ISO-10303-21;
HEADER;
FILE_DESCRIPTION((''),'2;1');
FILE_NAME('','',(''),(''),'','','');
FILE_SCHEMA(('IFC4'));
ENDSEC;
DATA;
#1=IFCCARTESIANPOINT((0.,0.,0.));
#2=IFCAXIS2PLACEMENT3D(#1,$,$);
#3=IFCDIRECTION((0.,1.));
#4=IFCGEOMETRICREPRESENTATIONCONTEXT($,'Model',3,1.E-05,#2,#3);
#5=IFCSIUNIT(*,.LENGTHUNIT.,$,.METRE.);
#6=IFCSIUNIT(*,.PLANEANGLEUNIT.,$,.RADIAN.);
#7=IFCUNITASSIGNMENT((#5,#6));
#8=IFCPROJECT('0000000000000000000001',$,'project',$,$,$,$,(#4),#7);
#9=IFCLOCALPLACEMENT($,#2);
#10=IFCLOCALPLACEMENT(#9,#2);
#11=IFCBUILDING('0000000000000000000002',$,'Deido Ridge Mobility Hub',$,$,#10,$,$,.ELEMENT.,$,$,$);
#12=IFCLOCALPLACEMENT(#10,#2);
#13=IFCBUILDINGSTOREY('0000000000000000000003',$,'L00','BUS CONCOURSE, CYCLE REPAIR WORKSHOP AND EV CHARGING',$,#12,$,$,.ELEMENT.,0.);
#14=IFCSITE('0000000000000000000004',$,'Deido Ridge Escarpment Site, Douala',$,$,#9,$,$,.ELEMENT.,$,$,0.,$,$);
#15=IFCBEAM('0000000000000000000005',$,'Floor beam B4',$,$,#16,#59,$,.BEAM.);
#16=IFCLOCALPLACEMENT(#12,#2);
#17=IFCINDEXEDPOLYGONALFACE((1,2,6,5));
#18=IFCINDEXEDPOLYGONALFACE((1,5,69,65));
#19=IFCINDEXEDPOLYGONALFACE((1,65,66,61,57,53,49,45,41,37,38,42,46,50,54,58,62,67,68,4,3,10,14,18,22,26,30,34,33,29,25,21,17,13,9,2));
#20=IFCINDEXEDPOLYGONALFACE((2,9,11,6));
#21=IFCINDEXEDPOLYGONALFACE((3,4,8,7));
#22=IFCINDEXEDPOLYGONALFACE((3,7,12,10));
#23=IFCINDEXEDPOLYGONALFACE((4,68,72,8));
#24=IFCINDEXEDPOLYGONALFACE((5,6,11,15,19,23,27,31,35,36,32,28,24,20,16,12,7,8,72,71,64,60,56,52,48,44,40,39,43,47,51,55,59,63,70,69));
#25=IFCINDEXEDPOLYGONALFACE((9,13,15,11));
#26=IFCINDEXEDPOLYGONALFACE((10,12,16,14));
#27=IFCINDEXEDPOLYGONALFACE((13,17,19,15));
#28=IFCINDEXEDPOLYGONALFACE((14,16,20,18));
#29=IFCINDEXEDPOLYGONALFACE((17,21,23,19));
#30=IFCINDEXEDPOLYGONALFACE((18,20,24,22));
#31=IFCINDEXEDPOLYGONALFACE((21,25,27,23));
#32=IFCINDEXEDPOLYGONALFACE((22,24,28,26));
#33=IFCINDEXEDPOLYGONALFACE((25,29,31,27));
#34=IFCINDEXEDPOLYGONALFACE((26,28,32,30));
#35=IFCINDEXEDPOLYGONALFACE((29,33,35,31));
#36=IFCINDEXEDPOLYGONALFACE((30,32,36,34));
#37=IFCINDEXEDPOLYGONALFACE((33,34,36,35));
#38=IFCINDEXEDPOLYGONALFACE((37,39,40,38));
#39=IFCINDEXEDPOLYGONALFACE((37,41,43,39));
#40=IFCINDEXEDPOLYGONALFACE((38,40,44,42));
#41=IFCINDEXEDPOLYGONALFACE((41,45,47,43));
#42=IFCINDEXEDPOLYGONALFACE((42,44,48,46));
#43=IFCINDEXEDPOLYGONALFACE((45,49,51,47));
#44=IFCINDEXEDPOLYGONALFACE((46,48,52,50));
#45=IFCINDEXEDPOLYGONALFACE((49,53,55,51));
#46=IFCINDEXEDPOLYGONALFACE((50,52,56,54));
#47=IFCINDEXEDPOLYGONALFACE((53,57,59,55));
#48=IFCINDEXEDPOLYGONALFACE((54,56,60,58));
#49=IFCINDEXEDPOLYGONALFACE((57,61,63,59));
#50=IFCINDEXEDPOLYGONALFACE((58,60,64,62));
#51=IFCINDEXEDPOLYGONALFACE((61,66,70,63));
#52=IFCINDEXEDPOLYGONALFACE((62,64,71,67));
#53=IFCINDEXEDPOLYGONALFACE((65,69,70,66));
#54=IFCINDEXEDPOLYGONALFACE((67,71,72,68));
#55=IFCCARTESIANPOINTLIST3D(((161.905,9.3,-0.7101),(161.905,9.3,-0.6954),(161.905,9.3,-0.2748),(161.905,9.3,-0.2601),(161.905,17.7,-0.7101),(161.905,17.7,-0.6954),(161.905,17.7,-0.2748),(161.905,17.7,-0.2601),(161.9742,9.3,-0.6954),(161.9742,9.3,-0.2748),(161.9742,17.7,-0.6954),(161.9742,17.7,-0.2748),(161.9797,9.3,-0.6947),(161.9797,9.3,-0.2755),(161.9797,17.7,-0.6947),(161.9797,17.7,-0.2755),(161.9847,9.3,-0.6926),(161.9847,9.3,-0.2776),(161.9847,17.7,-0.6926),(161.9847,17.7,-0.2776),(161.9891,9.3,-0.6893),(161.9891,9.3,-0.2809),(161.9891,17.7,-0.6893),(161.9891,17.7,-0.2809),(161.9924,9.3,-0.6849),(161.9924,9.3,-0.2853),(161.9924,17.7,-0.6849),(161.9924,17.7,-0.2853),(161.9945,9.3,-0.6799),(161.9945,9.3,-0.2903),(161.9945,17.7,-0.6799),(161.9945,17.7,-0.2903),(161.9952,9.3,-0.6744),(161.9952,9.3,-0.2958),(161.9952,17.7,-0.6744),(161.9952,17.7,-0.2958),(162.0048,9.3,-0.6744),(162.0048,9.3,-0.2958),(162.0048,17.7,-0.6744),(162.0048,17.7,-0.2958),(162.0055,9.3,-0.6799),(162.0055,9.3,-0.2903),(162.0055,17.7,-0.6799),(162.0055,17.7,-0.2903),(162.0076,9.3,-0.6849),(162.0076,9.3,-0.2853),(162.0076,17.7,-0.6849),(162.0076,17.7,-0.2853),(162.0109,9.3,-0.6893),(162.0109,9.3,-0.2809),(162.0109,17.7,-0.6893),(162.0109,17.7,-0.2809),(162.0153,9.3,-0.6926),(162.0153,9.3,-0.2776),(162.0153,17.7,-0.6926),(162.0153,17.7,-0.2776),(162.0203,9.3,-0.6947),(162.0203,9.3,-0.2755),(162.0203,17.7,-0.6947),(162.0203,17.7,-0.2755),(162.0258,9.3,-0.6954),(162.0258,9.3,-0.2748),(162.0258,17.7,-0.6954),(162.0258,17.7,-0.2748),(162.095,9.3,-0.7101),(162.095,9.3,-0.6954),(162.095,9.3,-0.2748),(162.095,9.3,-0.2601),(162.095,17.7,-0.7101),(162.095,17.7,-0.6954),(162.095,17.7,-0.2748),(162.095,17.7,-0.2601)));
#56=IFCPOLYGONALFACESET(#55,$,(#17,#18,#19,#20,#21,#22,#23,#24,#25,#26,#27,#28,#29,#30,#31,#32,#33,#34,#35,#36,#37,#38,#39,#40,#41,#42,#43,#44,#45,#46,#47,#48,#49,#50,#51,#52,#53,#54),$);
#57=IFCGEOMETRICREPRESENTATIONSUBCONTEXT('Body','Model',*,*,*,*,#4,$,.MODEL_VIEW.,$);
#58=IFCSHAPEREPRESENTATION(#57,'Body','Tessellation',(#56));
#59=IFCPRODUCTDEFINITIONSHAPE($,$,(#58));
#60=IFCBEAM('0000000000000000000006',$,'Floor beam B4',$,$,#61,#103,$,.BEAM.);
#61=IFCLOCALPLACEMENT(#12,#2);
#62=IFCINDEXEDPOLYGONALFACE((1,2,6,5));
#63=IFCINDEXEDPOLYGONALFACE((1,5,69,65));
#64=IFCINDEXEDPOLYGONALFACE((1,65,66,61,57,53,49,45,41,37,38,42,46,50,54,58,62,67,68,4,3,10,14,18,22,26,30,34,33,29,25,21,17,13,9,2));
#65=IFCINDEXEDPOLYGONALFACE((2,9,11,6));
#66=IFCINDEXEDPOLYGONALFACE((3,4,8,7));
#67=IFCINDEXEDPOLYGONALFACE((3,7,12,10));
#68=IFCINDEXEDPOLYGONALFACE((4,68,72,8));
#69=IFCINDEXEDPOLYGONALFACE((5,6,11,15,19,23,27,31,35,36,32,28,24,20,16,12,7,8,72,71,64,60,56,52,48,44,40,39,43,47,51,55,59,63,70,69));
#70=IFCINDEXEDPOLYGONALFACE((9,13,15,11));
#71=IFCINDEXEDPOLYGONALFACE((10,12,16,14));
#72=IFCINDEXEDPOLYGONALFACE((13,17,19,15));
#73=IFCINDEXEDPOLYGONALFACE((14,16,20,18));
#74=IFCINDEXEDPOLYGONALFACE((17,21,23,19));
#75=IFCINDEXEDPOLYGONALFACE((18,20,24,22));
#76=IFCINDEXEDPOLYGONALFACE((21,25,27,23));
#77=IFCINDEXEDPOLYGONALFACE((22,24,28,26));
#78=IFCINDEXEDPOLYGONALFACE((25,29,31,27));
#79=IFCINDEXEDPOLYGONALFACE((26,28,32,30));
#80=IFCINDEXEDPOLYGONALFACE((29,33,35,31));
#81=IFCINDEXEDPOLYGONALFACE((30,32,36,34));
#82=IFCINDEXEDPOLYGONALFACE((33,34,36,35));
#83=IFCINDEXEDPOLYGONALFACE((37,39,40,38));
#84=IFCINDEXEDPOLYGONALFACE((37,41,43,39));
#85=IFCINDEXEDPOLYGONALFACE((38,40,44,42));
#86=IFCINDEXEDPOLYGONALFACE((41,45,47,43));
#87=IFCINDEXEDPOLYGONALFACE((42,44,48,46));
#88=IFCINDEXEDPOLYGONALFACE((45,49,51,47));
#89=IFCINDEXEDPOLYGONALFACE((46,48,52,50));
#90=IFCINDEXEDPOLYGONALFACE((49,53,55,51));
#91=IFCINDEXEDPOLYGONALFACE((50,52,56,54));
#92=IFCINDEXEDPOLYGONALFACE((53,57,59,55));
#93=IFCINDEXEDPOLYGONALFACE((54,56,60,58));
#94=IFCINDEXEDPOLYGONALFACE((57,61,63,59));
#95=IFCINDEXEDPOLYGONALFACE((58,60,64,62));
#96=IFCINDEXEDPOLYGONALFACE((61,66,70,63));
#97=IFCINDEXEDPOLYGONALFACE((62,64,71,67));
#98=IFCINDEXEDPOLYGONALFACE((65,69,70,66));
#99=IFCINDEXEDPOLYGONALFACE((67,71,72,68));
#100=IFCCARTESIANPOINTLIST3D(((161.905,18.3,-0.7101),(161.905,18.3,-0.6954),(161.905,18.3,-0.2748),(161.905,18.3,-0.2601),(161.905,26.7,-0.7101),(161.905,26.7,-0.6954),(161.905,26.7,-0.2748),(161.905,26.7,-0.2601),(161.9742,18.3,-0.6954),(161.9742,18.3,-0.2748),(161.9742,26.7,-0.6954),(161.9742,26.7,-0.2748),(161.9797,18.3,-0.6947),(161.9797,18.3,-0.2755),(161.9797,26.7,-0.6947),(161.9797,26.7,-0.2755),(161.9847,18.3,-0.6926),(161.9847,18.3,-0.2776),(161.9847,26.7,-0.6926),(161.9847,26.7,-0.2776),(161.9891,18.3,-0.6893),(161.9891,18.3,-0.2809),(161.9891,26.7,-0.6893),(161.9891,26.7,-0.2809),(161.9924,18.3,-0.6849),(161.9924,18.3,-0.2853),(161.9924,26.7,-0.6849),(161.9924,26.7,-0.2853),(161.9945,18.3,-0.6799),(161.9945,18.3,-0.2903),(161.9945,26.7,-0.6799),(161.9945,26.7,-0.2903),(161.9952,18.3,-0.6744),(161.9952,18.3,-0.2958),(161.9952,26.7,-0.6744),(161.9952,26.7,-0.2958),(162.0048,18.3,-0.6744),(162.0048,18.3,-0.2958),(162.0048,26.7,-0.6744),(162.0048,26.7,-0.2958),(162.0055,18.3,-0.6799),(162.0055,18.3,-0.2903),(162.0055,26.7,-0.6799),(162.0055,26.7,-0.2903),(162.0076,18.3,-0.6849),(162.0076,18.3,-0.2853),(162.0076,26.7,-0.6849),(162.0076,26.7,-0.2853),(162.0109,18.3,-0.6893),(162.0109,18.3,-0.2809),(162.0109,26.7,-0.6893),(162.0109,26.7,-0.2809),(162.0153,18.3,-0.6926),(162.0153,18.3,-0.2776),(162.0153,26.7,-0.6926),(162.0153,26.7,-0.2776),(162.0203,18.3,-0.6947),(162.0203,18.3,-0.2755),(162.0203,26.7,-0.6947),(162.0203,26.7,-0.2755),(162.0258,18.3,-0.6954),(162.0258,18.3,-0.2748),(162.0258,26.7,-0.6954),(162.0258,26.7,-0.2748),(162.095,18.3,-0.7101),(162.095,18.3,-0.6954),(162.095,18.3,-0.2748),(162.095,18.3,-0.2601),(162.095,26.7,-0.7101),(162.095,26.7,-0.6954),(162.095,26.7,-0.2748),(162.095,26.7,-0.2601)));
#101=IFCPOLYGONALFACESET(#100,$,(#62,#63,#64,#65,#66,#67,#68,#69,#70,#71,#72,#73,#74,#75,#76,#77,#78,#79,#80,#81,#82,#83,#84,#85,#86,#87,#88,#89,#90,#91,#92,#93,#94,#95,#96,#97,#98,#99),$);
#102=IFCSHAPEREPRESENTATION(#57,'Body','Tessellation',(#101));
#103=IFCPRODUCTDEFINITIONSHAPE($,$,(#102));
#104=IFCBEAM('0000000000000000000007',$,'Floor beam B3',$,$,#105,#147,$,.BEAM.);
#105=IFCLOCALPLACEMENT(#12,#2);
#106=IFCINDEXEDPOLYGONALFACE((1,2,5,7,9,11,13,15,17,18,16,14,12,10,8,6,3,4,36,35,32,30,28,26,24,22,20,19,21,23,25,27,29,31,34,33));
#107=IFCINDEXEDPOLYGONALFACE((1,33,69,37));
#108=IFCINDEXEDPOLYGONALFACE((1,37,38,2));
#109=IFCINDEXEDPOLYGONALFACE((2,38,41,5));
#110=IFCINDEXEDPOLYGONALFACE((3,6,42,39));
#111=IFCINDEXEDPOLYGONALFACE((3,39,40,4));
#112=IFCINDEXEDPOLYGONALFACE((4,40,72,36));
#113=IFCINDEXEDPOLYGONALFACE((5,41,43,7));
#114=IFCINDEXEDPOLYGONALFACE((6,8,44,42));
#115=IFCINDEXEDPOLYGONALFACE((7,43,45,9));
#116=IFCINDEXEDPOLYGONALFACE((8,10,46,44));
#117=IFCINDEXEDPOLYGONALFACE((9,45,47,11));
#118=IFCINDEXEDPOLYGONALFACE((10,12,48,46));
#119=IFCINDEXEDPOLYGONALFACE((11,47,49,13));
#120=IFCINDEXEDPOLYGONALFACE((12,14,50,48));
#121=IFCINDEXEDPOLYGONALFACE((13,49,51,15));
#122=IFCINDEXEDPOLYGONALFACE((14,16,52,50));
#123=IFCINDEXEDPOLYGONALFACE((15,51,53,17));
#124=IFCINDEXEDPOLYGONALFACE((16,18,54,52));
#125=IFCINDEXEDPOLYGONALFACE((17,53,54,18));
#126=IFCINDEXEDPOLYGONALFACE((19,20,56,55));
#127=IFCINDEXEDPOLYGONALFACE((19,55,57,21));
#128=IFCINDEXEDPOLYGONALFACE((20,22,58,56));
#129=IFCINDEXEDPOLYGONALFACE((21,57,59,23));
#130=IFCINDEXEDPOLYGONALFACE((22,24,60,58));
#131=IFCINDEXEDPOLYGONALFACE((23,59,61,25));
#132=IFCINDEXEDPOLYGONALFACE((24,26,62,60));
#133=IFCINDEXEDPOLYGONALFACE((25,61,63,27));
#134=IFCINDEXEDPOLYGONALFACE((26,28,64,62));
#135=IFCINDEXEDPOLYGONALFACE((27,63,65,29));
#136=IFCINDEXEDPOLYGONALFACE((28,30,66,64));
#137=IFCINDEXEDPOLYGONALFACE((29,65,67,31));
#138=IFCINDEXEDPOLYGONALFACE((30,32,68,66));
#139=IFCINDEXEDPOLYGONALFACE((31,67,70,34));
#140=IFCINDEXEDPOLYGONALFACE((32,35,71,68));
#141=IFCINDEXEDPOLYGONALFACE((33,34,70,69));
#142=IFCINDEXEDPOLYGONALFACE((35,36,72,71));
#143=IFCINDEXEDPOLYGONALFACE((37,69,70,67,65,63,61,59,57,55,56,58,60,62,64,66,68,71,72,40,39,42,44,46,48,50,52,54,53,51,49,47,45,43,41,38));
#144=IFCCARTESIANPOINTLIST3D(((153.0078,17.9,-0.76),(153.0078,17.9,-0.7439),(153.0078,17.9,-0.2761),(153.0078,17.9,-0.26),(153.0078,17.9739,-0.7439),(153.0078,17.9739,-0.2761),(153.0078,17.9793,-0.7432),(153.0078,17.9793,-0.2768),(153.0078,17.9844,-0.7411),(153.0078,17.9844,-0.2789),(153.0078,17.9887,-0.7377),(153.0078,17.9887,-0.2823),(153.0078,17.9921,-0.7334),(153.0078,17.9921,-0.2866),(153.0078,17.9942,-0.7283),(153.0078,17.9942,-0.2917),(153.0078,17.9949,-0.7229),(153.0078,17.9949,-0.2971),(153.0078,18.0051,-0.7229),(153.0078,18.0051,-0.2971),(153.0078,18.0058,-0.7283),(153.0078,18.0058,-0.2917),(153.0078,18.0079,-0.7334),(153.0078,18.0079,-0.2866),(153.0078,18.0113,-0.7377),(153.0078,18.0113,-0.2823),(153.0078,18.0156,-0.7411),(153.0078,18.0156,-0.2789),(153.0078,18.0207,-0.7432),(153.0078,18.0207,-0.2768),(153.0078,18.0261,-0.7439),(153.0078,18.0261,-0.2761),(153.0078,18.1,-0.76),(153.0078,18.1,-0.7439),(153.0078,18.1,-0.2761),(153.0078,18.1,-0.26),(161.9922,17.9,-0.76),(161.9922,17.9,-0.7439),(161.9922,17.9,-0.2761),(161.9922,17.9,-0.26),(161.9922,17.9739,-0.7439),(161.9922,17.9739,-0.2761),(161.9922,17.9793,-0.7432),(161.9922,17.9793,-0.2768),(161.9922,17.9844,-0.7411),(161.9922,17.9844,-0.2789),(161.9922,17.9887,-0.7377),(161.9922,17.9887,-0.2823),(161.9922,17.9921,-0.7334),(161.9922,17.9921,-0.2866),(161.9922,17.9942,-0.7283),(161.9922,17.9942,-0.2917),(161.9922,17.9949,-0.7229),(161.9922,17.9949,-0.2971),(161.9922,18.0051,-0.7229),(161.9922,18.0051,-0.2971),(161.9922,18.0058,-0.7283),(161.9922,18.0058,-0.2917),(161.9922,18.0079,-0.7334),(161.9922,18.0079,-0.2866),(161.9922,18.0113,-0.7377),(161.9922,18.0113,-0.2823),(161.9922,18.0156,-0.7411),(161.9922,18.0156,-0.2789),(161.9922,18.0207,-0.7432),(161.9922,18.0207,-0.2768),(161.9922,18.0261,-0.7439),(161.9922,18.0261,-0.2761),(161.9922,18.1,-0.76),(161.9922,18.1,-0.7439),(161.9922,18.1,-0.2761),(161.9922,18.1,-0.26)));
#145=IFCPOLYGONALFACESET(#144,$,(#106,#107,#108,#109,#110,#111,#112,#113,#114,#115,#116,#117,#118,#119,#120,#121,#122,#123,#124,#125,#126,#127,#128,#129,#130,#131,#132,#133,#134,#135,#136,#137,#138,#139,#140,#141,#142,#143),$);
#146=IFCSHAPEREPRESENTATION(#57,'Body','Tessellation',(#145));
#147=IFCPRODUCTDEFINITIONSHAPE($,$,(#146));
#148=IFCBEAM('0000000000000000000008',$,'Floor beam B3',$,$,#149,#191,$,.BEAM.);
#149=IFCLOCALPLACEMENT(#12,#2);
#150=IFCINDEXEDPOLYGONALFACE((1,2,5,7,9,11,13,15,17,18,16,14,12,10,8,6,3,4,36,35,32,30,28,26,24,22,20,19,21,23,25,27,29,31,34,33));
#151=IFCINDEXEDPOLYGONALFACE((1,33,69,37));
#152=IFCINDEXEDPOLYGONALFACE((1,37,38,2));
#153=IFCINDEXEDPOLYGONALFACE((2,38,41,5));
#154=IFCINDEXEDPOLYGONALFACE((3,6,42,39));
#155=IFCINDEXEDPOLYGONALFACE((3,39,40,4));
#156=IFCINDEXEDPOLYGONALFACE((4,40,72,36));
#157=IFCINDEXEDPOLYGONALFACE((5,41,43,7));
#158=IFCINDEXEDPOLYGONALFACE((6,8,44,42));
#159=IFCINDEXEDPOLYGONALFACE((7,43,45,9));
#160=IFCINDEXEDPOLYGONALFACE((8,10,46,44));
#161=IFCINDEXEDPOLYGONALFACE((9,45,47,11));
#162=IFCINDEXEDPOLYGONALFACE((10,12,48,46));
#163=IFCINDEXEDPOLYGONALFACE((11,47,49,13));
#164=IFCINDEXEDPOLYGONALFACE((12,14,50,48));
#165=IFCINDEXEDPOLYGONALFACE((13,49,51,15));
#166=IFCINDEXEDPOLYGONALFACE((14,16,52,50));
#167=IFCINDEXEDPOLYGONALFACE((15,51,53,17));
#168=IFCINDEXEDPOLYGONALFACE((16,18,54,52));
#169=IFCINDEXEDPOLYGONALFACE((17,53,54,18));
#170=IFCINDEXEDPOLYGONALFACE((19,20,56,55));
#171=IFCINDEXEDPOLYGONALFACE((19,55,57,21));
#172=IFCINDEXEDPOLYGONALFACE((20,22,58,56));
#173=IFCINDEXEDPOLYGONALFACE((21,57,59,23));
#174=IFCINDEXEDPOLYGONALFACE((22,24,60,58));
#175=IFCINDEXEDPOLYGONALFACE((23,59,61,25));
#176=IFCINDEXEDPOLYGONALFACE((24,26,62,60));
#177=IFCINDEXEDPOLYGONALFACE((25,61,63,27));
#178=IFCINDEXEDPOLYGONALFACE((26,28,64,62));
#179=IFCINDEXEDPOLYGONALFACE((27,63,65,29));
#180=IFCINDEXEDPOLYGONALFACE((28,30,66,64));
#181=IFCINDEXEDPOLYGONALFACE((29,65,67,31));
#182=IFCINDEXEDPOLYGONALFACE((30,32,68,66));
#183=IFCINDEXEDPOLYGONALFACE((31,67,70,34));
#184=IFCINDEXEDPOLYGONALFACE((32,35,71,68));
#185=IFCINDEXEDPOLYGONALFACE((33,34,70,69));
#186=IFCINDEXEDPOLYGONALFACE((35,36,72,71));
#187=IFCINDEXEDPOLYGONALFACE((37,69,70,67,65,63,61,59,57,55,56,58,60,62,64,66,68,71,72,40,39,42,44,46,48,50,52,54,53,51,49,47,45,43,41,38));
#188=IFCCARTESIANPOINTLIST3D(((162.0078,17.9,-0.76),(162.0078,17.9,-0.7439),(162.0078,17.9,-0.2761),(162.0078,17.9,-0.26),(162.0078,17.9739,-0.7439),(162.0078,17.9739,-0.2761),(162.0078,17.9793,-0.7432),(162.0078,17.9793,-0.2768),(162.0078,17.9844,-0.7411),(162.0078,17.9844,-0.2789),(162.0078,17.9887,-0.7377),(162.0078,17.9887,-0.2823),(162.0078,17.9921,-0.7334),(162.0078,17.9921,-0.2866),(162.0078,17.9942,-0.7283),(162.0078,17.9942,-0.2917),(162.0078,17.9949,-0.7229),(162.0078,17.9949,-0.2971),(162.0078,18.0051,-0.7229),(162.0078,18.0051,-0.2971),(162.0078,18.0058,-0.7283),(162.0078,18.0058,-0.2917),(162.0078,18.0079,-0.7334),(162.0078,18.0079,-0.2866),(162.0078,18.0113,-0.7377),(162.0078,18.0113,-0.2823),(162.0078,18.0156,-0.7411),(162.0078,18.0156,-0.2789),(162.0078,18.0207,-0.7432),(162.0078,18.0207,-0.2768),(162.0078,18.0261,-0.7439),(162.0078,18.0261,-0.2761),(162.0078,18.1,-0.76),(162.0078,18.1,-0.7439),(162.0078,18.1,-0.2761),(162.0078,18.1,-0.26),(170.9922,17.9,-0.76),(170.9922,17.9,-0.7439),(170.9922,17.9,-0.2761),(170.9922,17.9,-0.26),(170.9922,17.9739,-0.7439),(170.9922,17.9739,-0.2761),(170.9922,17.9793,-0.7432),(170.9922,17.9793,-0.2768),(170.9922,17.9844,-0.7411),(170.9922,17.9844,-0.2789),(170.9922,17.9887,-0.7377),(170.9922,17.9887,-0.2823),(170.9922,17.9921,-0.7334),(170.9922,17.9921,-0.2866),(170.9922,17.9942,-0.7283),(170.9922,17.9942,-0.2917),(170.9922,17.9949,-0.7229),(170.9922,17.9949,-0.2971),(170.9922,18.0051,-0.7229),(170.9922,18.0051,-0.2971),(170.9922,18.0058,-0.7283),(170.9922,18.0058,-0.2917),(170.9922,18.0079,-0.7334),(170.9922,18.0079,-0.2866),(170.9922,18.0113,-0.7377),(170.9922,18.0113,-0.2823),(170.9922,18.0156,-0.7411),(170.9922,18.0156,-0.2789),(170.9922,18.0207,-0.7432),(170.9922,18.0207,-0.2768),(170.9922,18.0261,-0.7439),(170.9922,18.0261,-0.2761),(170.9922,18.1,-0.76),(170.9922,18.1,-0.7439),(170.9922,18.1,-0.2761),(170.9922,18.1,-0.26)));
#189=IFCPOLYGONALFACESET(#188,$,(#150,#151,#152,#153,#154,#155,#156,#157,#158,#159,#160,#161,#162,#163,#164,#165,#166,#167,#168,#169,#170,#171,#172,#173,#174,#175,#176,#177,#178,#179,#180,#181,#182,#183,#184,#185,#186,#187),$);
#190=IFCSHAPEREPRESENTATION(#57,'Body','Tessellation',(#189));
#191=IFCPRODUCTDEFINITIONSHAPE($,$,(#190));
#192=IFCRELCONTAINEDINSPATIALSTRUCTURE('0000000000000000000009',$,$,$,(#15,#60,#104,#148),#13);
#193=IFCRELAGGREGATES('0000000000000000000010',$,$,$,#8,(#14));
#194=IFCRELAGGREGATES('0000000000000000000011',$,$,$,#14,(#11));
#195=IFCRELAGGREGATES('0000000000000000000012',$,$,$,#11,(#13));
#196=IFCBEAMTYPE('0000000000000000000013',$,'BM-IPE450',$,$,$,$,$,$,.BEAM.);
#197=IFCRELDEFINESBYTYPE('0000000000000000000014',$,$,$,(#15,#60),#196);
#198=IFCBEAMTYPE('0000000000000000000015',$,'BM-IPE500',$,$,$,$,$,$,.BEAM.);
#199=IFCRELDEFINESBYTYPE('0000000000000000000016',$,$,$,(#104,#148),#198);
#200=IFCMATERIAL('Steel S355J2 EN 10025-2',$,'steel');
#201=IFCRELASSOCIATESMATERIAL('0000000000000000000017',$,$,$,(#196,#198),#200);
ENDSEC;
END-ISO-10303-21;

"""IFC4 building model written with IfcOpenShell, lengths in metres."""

from ifc_helpers import new_model, si_unit, direction, frame, origin, origin_2d, place, context, subcontext, project, spatial, i_section, extrude, material, material_profile, profile_set, type_object, element, save


model = new_model("IFC4")

# Units and contexts
model_context = context("Model", 3, precision=1e-05, world=origin(), true_north=direction((0.0, 1.0)))
body_context = subcontext(model_context, "Body", "Model", "MODEL_VIEW")
ifc_project = project(units=[si_unit("LENGTHUNIT", "METRE"), si_unit("PLANEANGLEUNIT", "RADIAN")], contexts=[model_context])

# Site, building, storey
site_placement = place(None, origin())
site = spatial("IfcSite", under=ifc_project, at=site_placement, Name="Deido Ridge Escarpment Site, Douala", CompositionType="ELEMENT", RefElevation=0.0)
building_placement = place(site_placement, origin())
building = spatial("IfcBuilding", under=site, at=building_placement, Name="Deido Ridge Mobility Hub", CompositionType="ELEMENT")
storey_placement = place(building_placement, origin())
storey = spatial("IfcBuildingStorey", under=building, at=storey_placement, Name="L00", Description="BUS CONCOURSE, CYCLE REPAIR WORKSHOP AND EV CHARGING", CompositionType="ELEMENT", Elevation=0.0)

# Shared definitions
ifc_material_1 = material(Name="Steel S355J2 EN 10025-2", Category="steel")

# Beams
ifc_material_profile_1 = material_profile(ifc_material_1, i_section(OverallWidth=0.1899, OverallDepth=0.45, WebThickness=0.0095, FlangeThickness=0.0146, FilletRadius=0.021, at=origin_2d()), Name="IPE 450")
ifc_profile_set_1 = profile_set([ifc_material_profile_1], Name="Steel S355J2 EN 10025-2")
beam_type_1 = type_object("IfcBeamType", Name="BM-IPE450", PredefinedType="BEAM", material=ifc_profile_set_1)
for number, where, z_axis, x_axis, name in (
    (1, (162.0, 9.3, -0.4851), (0.0, 1.0, 0.0), (-1.0, 0.0, 0.0), "Floor beam B4"),
    (2, (162.0, 18.3, -0.4851), (0.0, 1.0, 0.0), (-1.0, 0.0, 0.0), "Floor beam B4"),
):
    element("IfcBeam", number, at=place(storey_placement, frame(where, z_axis=z_axis, x_axis=x_axis)), inside=storey, type_object=beam_type_1, Name=name, PredefinedType="BEAM", context=body_context, shape_type="SweptSolid", body=[
        extrude(i_section(OverallWidth=0.1899, OverallDepth=0.45, WebThickness=0.0095, FlangeThickness=0.0146, FilletRadius=0.021, at=origin_2d()), origin(), (0.0, 0.0, 1.0), 8.3999),
    ])
ifc_material_profile_2 = material_profile(ifc_material_1, i_section(OverallWidth=0.2, OverallDepth=0.5, WebThickness=0.0103, FlangeThickness=0.0161, FilletRadius=0.021, at=origin_2d()), Name="IPE 500")
ifc_profile_set_2 = profile_set([ifc_material_profile_2], Name="Steel S355J2 EN 10025-2")
beam_type_2 = type_object("IfcBeamType", Name="BM-IPE500", PredefinedType="BEAM", material=ifc_profile_set_2)
for number, where, z_axis, x_axis, name in (
    (3, (153.0078, 18.0, -0.51), (1.0, 0.0, 0.0), (0.0, 1.0, 0.0), "Floor beam B3"),
    (4, (162.0078, 18.0, -0.51), (1.0, 0.0, 0.0), (0.0, 1.0, 0.0), "Floor beam B3"),
):
    element("IfcBeam", number, at=place(storey_placement, frame(where, z_axis=z_axis, x_axis=x_axis)), inside=storey, type_object=beam_type_2, Name=name, PredefinedType="BEAM", context=body_context, shape_type="SweptSolid", body=[
        extrude(i_section(OverallWidth=0.2, OverallDepth=0.5, WebThickness=0.0103, FlangeThickness=0.0161, FilletRadius=0.021, at=origin_2d()), origin(), (0.0, 0.0, 1.0), 8.9844),
    ])

save(model, "model.ifc")
